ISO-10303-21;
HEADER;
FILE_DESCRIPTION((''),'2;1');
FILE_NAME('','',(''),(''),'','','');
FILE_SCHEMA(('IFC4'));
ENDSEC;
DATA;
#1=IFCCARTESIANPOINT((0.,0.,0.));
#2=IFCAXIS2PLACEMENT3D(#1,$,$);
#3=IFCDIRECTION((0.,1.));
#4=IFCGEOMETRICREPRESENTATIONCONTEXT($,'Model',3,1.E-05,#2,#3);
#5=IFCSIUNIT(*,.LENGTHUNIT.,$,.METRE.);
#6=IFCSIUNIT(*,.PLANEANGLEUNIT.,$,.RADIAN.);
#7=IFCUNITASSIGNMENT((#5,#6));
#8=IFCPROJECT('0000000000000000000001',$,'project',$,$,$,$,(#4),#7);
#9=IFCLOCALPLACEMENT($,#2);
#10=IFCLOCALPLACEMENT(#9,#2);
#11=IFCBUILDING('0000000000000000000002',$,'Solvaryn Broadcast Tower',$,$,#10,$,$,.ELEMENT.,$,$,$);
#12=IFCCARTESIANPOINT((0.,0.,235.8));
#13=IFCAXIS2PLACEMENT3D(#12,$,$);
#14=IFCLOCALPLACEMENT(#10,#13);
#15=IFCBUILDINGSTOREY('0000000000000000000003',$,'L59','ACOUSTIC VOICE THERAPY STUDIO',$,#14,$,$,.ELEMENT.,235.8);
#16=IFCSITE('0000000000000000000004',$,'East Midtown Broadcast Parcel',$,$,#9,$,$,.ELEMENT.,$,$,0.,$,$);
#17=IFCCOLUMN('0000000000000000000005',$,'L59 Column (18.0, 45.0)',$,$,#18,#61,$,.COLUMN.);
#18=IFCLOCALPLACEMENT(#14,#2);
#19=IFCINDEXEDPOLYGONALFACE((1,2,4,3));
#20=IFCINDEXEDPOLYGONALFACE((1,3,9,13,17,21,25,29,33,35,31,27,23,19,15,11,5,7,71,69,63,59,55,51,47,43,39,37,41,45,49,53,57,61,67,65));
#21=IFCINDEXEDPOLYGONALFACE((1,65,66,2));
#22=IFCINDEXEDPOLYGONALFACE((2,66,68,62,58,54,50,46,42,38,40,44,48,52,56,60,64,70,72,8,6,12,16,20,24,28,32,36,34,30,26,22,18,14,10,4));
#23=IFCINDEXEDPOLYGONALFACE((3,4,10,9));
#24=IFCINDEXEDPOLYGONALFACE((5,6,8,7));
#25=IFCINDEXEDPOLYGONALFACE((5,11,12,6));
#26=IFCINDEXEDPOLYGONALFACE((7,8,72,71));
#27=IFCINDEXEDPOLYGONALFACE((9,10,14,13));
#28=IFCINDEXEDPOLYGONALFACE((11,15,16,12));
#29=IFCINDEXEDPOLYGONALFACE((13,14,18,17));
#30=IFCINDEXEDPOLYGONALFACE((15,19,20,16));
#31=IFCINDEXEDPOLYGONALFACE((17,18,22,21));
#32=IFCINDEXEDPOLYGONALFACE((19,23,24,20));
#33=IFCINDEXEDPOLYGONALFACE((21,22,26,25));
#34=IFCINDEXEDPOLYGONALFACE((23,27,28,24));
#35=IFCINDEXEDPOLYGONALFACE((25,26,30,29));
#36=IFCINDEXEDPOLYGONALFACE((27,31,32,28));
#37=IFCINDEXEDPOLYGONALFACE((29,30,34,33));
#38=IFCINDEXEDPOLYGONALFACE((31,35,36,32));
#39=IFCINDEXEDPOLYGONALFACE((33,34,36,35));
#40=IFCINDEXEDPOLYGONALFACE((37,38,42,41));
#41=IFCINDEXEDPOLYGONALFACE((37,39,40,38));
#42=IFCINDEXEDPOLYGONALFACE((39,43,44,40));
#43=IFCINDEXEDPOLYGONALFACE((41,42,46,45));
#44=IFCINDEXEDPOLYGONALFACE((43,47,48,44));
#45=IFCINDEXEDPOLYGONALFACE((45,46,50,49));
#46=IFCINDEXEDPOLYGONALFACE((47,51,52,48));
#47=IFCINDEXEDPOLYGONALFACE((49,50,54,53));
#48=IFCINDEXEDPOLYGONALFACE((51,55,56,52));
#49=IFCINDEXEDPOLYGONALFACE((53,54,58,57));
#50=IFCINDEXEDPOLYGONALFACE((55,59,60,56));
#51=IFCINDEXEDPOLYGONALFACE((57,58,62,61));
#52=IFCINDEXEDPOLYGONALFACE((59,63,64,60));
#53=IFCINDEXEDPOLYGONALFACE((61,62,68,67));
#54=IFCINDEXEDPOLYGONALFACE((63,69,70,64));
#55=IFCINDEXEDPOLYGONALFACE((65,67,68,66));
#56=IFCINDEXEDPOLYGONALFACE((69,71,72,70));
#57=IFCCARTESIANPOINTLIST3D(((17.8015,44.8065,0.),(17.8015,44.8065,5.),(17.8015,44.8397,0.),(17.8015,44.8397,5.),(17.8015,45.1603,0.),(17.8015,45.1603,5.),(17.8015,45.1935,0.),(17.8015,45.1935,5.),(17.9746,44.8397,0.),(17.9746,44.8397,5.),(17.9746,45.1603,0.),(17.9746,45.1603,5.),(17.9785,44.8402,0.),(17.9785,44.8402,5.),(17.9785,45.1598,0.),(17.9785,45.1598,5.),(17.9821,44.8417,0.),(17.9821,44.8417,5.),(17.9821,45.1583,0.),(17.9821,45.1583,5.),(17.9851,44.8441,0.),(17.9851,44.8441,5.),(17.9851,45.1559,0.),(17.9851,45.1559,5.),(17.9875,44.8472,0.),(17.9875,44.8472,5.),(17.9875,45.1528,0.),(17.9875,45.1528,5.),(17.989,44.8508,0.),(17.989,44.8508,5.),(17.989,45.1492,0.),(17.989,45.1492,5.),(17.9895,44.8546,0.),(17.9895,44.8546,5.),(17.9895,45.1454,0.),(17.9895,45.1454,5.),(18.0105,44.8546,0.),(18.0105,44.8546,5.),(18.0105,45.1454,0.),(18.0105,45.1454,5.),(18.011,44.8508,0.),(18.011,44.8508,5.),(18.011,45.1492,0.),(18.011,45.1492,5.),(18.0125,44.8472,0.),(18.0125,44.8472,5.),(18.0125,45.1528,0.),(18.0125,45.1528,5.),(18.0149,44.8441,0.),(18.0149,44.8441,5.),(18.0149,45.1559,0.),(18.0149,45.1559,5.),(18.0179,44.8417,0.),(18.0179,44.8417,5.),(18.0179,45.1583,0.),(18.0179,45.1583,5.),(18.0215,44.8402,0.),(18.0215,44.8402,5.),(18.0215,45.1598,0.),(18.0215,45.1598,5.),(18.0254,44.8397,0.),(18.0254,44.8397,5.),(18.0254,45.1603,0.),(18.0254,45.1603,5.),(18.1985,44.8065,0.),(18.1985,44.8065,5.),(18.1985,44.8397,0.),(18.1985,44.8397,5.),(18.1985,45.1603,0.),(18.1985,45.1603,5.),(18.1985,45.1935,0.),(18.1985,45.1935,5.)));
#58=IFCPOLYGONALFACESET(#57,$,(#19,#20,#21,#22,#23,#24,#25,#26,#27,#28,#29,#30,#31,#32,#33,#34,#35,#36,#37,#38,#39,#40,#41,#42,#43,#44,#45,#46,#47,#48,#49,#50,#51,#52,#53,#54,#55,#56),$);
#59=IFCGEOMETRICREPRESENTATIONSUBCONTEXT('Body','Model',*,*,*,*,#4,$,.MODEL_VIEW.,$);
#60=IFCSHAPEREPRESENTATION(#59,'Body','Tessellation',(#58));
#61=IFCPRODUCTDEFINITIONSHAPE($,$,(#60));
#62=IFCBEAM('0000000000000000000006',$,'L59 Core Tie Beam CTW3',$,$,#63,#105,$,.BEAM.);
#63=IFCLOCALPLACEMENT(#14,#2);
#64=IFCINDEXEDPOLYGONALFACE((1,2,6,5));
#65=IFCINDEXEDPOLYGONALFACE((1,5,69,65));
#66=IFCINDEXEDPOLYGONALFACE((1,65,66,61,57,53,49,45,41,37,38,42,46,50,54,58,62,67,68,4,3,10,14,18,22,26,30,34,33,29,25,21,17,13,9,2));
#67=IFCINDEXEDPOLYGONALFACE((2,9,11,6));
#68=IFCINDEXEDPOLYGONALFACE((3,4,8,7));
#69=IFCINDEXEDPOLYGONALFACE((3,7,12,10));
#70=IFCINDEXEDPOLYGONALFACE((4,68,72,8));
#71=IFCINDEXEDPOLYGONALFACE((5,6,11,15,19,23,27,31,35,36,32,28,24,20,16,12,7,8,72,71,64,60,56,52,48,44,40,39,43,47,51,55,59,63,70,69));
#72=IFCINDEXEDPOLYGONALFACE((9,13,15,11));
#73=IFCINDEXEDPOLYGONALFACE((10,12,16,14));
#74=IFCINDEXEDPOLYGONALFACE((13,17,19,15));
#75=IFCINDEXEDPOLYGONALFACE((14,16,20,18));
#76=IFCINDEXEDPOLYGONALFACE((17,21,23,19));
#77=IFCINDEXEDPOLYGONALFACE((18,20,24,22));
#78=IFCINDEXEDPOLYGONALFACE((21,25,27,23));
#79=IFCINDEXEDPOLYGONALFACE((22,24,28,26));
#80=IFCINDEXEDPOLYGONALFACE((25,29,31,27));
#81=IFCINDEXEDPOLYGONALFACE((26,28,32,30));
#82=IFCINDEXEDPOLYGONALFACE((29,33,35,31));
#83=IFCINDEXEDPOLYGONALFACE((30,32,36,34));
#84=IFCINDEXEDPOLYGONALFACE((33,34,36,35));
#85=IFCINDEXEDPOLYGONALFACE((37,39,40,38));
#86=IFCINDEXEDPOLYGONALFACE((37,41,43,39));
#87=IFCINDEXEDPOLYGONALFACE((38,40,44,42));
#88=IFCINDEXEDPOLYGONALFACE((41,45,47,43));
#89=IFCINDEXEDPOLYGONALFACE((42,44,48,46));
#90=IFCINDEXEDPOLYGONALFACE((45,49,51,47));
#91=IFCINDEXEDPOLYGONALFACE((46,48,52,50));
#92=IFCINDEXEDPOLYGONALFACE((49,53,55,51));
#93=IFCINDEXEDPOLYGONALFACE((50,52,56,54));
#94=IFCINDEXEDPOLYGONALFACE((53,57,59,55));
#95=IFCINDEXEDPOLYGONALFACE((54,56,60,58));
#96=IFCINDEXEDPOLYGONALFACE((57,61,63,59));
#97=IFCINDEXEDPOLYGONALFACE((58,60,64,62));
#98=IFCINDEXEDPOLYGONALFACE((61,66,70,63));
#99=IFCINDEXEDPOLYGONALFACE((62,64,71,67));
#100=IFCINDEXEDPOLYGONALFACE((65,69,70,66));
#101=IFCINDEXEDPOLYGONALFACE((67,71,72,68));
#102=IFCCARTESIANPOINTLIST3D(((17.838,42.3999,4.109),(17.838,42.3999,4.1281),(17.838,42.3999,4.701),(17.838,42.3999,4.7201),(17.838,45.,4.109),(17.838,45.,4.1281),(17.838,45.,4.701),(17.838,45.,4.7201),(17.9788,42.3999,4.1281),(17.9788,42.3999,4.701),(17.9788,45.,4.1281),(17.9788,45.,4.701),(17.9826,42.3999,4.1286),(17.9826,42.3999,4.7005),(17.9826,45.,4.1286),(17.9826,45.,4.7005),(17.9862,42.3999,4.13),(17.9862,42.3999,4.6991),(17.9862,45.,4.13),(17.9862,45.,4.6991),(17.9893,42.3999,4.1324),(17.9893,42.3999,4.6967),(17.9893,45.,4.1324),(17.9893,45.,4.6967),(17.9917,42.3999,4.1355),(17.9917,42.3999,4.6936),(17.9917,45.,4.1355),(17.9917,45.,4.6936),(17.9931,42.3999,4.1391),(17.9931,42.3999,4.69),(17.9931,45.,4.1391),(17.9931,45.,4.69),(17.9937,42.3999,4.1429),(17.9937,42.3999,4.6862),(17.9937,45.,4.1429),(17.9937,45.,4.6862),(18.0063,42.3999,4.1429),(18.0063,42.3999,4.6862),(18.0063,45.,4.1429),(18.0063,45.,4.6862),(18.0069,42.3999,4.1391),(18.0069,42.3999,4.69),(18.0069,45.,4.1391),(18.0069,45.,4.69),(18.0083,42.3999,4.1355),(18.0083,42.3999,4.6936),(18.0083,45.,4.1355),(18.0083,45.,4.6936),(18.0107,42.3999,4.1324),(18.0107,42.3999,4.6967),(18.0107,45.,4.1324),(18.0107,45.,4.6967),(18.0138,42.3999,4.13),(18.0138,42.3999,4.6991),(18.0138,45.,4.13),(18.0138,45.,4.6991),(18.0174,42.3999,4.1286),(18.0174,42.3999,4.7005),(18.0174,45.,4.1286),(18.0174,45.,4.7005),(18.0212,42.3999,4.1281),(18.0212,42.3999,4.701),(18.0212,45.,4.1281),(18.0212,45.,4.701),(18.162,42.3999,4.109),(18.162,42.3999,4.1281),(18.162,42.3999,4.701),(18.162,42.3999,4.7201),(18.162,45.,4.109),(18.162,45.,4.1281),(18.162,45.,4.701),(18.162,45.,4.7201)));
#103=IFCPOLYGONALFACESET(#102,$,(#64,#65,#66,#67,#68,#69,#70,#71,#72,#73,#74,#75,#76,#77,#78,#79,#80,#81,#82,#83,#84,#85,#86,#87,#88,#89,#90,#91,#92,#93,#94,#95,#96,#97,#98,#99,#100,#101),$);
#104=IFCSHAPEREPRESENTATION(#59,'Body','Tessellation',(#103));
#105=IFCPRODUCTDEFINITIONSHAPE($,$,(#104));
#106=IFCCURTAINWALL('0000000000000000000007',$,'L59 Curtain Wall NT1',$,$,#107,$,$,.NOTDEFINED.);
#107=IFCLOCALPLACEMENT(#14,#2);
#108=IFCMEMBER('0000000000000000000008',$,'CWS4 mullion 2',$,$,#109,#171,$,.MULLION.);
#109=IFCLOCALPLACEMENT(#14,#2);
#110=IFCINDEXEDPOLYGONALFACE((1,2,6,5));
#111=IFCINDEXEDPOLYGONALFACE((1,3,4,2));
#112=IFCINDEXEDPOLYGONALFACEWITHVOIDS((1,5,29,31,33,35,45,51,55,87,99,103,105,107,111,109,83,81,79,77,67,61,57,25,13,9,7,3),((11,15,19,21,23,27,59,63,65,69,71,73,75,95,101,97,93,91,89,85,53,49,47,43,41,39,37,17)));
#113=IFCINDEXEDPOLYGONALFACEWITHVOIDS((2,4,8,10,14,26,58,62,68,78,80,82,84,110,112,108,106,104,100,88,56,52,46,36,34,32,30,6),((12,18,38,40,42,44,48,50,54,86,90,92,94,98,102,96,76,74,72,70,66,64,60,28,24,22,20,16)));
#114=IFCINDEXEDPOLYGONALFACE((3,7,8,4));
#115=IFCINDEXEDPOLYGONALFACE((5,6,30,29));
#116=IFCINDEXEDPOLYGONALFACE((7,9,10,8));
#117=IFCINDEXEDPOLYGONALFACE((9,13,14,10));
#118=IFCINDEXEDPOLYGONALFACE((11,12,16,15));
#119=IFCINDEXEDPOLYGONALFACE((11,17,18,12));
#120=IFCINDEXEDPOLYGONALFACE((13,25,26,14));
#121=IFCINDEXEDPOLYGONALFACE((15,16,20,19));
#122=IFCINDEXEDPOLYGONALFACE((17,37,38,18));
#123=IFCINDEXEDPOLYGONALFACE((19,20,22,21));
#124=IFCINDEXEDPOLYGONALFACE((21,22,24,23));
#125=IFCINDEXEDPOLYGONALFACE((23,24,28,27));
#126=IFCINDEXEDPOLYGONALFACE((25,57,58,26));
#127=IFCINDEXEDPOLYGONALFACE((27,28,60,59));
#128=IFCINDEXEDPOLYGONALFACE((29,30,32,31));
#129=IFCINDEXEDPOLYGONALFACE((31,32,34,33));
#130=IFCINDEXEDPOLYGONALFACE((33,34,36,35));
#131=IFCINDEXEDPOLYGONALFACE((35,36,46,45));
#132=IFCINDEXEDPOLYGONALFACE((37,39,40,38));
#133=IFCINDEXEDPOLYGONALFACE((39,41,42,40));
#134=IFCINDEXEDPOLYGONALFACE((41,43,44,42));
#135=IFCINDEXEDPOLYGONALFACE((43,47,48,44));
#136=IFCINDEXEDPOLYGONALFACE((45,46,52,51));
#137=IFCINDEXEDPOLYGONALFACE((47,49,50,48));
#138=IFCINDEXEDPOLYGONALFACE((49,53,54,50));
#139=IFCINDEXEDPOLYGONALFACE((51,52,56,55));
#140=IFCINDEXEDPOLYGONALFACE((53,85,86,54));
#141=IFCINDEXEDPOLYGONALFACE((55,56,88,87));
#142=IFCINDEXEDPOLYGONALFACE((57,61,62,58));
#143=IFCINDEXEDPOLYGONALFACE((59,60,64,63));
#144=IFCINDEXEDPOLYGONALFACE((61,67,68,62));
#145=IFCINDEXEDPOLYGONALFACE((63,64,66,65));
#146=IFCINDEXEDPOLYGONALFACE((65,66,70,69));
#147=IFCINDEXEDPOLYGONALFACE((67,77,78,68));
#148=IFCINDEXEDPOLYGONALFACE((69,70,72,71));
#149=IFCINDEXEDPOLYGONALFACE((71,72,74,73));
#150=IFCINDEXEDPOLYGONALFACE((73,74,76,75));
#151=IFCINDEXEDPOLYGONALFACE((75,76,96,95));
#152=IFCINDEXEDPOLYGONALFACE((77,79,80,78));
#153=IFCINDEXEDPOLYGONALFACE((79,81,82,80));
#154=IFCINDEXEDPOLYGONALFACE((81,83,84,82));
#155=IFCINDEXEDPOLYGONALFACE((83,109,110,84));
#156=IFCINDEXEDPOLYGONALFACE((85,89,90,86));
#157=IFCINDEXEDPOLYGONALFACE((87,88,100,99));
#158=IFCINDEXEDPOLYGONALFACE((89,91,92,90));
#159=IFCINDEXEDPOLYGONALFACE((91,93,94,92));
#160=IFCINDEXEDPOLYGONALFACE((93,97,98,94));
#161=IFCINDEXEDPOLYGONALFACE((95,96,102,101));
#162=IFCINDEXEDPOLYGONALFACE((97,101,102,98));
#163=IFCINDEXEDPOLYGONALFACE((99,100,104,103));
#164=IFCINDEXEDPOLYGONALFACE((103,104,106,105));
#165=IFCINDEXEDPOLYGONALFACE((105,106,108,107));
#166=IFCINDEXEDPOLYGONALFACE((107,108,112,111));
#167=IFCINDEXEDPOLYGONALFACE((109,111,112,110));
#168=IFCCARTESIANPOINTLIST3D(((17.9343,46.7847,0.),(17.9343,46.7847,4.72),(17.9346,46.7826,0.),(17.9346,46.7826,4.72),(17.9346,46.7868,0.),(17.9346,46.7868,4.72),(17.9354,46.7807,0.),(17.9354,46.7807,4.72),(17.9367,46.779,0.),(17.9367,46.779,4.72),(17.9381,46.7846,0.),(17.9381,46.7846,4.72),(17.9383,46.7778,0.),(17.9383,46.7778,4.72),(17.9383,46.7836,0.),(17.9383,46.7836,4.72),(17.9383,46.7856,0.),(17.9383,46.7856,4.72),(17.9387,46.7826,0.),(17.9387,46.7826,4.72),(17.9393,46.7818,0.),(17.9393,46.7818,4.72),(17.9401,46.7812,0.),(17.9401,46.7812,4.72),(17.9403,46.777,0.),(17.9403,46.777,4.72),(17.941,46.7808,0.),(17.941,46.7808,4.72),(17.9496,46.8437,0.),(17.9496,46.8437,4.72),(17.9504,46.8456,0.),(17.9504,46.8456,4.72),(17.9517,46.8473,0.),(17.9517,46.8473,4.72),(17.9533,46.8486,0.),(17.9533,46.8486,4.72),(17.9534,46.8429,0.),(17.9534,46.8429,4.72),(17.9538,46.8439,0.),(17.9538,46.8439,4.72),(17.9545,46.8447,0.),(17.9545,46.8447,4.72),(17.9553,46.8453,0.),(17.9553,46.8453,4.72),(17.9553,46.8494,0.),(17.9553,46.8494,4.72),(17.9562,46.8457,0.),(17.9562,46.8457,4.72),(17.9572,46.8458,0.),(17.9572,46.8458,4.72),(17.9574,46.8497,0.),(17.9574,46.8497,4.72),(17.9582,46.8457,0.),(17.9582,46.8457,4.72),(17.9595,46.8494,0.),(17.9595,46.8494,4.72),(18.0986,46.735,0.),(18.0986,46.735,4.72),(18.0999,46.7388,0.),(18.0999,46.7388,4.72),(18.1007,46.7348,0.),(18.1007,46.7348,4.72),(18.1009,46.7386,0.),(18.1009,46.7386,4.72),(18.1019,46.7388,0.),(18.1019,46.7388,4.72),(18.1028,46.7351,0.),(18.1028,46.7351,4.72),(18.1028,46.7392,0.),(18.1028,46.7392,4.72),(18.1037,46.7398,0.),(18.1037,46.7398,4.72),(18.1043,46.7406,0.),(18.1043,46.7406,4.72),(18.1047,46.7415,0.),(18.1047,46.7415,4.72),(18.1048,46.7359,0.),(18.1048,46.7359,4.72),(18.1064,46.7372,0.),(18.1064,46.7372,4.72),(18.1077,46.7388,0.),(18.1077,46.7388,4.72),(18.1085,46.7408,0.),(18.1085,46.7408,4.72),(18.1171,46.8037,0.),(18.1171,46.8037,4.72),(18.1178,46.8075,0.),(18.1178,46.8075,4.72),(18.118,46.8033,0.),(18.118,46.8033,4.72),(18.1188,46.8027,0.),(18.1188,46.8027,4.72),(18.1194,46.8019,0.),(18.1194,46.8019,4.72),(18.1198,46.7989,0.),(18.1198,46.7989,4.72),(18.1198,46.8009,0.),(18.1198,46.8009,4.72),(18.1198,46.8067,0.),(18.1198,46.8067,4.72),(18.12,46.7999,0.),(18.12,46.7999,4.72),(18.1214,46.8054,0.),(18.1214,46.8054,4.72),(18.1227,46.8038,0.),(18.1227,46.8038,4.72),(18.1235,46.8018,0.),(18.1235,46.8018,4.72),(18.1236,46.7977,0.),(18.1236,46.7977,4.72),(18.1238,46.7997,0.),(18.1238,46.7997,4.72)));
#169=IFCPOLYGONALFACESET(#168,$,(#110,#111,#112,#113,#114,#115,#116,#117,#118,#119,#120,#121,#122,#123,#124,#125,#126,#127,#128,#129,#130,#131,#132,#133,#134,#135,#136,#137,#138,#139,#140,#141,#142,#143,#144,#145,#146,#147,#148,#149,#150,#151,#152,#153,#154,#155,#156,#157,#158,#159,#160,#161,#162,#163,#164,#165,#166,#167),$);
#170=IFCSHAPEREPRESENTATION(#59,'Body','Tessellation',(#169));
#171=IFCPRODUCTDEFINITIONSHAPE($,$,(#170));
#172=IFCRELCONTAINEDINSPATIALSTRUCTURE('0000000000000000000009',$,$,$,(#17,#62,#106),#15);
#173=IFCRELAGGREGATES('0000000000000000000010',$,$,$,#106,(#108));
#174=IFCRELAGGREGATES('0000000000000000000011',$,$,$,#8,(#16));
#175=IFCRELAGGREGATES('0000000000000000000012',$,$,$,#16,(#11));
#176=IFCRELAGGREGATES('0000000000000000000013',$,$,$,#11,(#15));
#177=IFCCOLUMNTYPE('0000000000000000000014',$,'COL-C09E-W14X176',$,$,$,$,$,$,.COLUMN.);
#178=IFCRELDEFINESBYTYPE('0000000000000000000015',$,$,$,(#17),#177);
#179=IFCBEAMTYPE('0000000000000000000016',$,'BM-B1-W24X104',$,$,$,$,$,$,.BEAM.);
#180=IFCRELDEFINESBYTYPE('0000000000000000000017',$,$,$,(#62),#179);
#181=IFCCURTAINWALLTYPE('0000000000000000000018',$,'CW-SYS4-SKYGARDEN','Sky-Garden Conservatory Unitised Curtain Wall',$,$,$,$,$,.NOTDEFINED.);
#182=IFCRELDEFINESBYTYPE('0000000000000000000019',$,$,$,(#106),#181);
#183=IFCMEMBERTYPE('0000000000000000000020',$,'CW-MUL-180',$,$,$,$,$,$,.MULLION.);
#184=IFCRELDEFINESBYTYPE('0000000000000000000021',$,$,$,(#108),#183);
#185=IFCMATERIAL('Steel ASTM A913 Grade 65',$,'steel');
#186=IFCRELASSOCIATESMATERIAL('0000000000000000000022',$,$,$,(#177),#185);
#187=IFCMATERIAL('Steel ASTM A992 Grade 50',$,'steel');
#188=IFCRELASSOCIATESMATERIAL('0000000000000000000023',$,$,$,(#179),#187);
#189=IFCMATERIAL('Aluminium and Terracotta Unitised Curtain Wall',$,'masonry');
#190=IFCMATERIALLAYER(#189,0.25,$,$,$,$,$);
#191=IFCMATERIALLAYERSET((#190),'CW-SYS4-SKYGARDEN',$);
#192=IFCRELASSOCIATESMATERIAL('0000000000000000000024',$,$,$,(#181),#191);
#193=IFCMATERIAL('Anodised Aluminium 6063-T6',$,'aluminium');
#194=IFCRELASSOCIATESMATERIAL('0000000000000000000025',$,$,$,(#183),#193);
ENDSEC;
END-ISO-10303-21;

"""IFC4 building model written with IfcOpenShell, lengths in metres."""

from ifc_helpers import new_model, si_unit, direction, frame, origin, origin_2d, place, context, subcontext, project, spatial, hollow_rectangle, i_section, extrude, material, layer, layer_set, material_profile, profile_set, type_object, element, aggregate, save


model = new_model("IFC4")

# Units and contexts
model_context = context("Model", 3, precision=1e-05, world=origin(), true_north=direction((0.0, 1.0)))
body_context = subcontext(model_context, "Body", "Model", "MODEL_VIEW")
ifc_project = project(units=[si_unit("LENGTHUNIT", "METRE"), si_unit("PLANEANGLEUNIT", "RADIAN")], contexts=[model_context])

# Site, building, storey
site_placement = place(None, origin())
site = spatial("IfcSite", under=ifc_project, at=site_placement, Name="East Midtown Broadcast Parcel", CompositionType="ELEMENT", RefElevation=0.0)
building_placement = place(site_placement, origin())
building = spatial("IfcBuilding", under=site, at=building_placement, Name="Solvaryn Broadcast Tower", CompositionType="ELEMENT")
storey_placement = place(building_placement, frame((0.0, 0.0, 235.8)))
storey = spatial("IfcBuildingStorey", under=building, at=storey_placement, Name="L59", Description="ACOUSTIC VOICE THERAPY STUDIO", CompositionType="ELEMENT", Elevation=235.8)

# Column
ifc_material_1 = material(Name="Steel ASTM A913 Grade 65", Category="steel")
ifc_material_profile_1 = material_profile(ifc_material_1, i_section(OverallWidth=0.397, OverallDepth=0.387, WebThickness=0.021, FlangeThickness=0.0332, FilletRadius=0.0149, at=origin_2d()))
ifc_profile_set_1 = profile_set([ifc_material_profile_1], Name="Steel ASTM A913 Grade 65")
column_type = type_object("IfcColumnType", Name="COL-C09E-W14X176", PredefinedType="COLUMN", material=ifc_profile_set_1)
column_placement = place(storey_placement, frame((18.0, 45.0, 0.0), z_axis=(0.0, 0.0, 1.0), x_axis=(1.0, 0.0, 0.0)))
element("IfcColumn", 1, at=column_placement, inside=storey, type_object=column_type, Name="L59 Column (18.0, 45.0)", PredefinedType="COLUMN", context=body_context, shape_type="SweptSolid", body=[
    extrude(i_section(OverallWidth=0.397, OverallDepth=0.387, WebThickness=0.021, FlangeThickness=0.0332, FilletRadius=0.0149, at=origin_2d()), origin(), (0.0, 0.0, 1.0), 5.0),
])

# Beam
ifc_material_2 = material(Name="Steel ASTM A992 Grade 50", Category="steel")
ifc_material_profile_2 = material_profile(ifc_material_2, i_section(OverallWidth=0.324, OverallDepth=0.6111, WebThickness=0.0127, FlangeThickness=0.019, FilletRadius=0.0149, at=origin_2d()))
ifc_profile_set_2 = profile_set([ifc_material_profile_2], Name="Steel ASTM A992 Grade 50")
beam_type = type_object("IfcBeamType", Name="BM-B1-W24X104", PredefinedType="BEAM", material=ifc_profile_set_2)
beam_placement = place(storey_placement, frame((18.0, 42.3999, 4.4146), z_axis=(0.0, 1.0, 0.0), x_axis=(-1.0, 0.0, 0.0)))
element("IfcBeam", 2, at=beam_placement, inside=storey, type_object=beam_type, Name="L59 Core Tie Beam CTW3", PredefinedType="BEAM", context=body_context, shape_type="SweptSolid", body=[
    extrude(i_section(OverallWidth=0.324, OverallDepth=0.6111, WebThickness=0.0127, FlangeThickness=0.019, FilletRadius=0.0149, at=origin_2d()), origin(), (0.0, 0.0, 1.0), 2.6001),
])

# Curtain wall, member
ifc_material_3 = material(Name="Aluminium and Terracotta Unitised Curtain Wall", Category="masonry")
ifc_layer_1 = layer(ifc_material_3, 0.25)
ifc_layer_set_1 = layer_set([ifc_layer_1], Name="CW-SYS4-SKYGARDEN")
curtain_wall_type = type_object("IfcCurtainWallType", Name="CW-SYS4-SKYGARDEN", Description="Sky-Garden Conservatory Unitised Curtain Wall", PredefinedType="NOTDEFINED", material=ifc_layer_set_1)
curtain_wall_1_placement = place(storey_placement, origin())
curtain_wall_1 = element("IfcCurtainWall", 3, at=curtain_wall_1_placement, inside=storey, type_object=curtain_wall_type, Name="L59 Curtain Wall NT1", PredefinedType="NOTDEFINED")
ifc_material_4 = material(Name="Anodised Aluminium 6063-T6", Category="aluminium")
ifc_material_profile_3 = material_profile(ifc_material_4, hollow_rectangle(XDim=0.075, YDim=0.1799, WallThickness=0.0039, InnerFilletRadius=0.0039, OuterFilletRadius=0.0081, at=origin_2d()))
ifc_profile_set_3 = profile_set([ifc_material_profile_3], Name="Anodised Aluminium 6063-T6")
member_type_1 = type_object("IfcMemberType", Name="CW-MUL-180", PredefinedType="MULLION", material=ifc_profile_set_3)
member_1_placement = place(storey_placement, frame((18.0291, 46.7922, 0.0), z_axis=(0.0, 0.0, 1.0), x_axis=(-0.255893, -0.966705, 0.0)))
member_1 = element("IfcMember", 4, at=member_1_placement, type_object=member_type_1, Name="CWS4 mullion 2", PredefinedType="MULLION", context=body_context, shape_type="SweptSolid", body=[
    extrude(hollow_rectangle(XDim=0.075, YDim=0.1799, WallThickness=0.0039, InnerFilletRadius=0.0039, OuterFilletRadius=0.0081, at=origin_2d()), origin(), (0.0, 0.0, 1.0), 4.72),
])

aggregate(curtain_wall_1, [member_1])

save(model, "model.ifc")
